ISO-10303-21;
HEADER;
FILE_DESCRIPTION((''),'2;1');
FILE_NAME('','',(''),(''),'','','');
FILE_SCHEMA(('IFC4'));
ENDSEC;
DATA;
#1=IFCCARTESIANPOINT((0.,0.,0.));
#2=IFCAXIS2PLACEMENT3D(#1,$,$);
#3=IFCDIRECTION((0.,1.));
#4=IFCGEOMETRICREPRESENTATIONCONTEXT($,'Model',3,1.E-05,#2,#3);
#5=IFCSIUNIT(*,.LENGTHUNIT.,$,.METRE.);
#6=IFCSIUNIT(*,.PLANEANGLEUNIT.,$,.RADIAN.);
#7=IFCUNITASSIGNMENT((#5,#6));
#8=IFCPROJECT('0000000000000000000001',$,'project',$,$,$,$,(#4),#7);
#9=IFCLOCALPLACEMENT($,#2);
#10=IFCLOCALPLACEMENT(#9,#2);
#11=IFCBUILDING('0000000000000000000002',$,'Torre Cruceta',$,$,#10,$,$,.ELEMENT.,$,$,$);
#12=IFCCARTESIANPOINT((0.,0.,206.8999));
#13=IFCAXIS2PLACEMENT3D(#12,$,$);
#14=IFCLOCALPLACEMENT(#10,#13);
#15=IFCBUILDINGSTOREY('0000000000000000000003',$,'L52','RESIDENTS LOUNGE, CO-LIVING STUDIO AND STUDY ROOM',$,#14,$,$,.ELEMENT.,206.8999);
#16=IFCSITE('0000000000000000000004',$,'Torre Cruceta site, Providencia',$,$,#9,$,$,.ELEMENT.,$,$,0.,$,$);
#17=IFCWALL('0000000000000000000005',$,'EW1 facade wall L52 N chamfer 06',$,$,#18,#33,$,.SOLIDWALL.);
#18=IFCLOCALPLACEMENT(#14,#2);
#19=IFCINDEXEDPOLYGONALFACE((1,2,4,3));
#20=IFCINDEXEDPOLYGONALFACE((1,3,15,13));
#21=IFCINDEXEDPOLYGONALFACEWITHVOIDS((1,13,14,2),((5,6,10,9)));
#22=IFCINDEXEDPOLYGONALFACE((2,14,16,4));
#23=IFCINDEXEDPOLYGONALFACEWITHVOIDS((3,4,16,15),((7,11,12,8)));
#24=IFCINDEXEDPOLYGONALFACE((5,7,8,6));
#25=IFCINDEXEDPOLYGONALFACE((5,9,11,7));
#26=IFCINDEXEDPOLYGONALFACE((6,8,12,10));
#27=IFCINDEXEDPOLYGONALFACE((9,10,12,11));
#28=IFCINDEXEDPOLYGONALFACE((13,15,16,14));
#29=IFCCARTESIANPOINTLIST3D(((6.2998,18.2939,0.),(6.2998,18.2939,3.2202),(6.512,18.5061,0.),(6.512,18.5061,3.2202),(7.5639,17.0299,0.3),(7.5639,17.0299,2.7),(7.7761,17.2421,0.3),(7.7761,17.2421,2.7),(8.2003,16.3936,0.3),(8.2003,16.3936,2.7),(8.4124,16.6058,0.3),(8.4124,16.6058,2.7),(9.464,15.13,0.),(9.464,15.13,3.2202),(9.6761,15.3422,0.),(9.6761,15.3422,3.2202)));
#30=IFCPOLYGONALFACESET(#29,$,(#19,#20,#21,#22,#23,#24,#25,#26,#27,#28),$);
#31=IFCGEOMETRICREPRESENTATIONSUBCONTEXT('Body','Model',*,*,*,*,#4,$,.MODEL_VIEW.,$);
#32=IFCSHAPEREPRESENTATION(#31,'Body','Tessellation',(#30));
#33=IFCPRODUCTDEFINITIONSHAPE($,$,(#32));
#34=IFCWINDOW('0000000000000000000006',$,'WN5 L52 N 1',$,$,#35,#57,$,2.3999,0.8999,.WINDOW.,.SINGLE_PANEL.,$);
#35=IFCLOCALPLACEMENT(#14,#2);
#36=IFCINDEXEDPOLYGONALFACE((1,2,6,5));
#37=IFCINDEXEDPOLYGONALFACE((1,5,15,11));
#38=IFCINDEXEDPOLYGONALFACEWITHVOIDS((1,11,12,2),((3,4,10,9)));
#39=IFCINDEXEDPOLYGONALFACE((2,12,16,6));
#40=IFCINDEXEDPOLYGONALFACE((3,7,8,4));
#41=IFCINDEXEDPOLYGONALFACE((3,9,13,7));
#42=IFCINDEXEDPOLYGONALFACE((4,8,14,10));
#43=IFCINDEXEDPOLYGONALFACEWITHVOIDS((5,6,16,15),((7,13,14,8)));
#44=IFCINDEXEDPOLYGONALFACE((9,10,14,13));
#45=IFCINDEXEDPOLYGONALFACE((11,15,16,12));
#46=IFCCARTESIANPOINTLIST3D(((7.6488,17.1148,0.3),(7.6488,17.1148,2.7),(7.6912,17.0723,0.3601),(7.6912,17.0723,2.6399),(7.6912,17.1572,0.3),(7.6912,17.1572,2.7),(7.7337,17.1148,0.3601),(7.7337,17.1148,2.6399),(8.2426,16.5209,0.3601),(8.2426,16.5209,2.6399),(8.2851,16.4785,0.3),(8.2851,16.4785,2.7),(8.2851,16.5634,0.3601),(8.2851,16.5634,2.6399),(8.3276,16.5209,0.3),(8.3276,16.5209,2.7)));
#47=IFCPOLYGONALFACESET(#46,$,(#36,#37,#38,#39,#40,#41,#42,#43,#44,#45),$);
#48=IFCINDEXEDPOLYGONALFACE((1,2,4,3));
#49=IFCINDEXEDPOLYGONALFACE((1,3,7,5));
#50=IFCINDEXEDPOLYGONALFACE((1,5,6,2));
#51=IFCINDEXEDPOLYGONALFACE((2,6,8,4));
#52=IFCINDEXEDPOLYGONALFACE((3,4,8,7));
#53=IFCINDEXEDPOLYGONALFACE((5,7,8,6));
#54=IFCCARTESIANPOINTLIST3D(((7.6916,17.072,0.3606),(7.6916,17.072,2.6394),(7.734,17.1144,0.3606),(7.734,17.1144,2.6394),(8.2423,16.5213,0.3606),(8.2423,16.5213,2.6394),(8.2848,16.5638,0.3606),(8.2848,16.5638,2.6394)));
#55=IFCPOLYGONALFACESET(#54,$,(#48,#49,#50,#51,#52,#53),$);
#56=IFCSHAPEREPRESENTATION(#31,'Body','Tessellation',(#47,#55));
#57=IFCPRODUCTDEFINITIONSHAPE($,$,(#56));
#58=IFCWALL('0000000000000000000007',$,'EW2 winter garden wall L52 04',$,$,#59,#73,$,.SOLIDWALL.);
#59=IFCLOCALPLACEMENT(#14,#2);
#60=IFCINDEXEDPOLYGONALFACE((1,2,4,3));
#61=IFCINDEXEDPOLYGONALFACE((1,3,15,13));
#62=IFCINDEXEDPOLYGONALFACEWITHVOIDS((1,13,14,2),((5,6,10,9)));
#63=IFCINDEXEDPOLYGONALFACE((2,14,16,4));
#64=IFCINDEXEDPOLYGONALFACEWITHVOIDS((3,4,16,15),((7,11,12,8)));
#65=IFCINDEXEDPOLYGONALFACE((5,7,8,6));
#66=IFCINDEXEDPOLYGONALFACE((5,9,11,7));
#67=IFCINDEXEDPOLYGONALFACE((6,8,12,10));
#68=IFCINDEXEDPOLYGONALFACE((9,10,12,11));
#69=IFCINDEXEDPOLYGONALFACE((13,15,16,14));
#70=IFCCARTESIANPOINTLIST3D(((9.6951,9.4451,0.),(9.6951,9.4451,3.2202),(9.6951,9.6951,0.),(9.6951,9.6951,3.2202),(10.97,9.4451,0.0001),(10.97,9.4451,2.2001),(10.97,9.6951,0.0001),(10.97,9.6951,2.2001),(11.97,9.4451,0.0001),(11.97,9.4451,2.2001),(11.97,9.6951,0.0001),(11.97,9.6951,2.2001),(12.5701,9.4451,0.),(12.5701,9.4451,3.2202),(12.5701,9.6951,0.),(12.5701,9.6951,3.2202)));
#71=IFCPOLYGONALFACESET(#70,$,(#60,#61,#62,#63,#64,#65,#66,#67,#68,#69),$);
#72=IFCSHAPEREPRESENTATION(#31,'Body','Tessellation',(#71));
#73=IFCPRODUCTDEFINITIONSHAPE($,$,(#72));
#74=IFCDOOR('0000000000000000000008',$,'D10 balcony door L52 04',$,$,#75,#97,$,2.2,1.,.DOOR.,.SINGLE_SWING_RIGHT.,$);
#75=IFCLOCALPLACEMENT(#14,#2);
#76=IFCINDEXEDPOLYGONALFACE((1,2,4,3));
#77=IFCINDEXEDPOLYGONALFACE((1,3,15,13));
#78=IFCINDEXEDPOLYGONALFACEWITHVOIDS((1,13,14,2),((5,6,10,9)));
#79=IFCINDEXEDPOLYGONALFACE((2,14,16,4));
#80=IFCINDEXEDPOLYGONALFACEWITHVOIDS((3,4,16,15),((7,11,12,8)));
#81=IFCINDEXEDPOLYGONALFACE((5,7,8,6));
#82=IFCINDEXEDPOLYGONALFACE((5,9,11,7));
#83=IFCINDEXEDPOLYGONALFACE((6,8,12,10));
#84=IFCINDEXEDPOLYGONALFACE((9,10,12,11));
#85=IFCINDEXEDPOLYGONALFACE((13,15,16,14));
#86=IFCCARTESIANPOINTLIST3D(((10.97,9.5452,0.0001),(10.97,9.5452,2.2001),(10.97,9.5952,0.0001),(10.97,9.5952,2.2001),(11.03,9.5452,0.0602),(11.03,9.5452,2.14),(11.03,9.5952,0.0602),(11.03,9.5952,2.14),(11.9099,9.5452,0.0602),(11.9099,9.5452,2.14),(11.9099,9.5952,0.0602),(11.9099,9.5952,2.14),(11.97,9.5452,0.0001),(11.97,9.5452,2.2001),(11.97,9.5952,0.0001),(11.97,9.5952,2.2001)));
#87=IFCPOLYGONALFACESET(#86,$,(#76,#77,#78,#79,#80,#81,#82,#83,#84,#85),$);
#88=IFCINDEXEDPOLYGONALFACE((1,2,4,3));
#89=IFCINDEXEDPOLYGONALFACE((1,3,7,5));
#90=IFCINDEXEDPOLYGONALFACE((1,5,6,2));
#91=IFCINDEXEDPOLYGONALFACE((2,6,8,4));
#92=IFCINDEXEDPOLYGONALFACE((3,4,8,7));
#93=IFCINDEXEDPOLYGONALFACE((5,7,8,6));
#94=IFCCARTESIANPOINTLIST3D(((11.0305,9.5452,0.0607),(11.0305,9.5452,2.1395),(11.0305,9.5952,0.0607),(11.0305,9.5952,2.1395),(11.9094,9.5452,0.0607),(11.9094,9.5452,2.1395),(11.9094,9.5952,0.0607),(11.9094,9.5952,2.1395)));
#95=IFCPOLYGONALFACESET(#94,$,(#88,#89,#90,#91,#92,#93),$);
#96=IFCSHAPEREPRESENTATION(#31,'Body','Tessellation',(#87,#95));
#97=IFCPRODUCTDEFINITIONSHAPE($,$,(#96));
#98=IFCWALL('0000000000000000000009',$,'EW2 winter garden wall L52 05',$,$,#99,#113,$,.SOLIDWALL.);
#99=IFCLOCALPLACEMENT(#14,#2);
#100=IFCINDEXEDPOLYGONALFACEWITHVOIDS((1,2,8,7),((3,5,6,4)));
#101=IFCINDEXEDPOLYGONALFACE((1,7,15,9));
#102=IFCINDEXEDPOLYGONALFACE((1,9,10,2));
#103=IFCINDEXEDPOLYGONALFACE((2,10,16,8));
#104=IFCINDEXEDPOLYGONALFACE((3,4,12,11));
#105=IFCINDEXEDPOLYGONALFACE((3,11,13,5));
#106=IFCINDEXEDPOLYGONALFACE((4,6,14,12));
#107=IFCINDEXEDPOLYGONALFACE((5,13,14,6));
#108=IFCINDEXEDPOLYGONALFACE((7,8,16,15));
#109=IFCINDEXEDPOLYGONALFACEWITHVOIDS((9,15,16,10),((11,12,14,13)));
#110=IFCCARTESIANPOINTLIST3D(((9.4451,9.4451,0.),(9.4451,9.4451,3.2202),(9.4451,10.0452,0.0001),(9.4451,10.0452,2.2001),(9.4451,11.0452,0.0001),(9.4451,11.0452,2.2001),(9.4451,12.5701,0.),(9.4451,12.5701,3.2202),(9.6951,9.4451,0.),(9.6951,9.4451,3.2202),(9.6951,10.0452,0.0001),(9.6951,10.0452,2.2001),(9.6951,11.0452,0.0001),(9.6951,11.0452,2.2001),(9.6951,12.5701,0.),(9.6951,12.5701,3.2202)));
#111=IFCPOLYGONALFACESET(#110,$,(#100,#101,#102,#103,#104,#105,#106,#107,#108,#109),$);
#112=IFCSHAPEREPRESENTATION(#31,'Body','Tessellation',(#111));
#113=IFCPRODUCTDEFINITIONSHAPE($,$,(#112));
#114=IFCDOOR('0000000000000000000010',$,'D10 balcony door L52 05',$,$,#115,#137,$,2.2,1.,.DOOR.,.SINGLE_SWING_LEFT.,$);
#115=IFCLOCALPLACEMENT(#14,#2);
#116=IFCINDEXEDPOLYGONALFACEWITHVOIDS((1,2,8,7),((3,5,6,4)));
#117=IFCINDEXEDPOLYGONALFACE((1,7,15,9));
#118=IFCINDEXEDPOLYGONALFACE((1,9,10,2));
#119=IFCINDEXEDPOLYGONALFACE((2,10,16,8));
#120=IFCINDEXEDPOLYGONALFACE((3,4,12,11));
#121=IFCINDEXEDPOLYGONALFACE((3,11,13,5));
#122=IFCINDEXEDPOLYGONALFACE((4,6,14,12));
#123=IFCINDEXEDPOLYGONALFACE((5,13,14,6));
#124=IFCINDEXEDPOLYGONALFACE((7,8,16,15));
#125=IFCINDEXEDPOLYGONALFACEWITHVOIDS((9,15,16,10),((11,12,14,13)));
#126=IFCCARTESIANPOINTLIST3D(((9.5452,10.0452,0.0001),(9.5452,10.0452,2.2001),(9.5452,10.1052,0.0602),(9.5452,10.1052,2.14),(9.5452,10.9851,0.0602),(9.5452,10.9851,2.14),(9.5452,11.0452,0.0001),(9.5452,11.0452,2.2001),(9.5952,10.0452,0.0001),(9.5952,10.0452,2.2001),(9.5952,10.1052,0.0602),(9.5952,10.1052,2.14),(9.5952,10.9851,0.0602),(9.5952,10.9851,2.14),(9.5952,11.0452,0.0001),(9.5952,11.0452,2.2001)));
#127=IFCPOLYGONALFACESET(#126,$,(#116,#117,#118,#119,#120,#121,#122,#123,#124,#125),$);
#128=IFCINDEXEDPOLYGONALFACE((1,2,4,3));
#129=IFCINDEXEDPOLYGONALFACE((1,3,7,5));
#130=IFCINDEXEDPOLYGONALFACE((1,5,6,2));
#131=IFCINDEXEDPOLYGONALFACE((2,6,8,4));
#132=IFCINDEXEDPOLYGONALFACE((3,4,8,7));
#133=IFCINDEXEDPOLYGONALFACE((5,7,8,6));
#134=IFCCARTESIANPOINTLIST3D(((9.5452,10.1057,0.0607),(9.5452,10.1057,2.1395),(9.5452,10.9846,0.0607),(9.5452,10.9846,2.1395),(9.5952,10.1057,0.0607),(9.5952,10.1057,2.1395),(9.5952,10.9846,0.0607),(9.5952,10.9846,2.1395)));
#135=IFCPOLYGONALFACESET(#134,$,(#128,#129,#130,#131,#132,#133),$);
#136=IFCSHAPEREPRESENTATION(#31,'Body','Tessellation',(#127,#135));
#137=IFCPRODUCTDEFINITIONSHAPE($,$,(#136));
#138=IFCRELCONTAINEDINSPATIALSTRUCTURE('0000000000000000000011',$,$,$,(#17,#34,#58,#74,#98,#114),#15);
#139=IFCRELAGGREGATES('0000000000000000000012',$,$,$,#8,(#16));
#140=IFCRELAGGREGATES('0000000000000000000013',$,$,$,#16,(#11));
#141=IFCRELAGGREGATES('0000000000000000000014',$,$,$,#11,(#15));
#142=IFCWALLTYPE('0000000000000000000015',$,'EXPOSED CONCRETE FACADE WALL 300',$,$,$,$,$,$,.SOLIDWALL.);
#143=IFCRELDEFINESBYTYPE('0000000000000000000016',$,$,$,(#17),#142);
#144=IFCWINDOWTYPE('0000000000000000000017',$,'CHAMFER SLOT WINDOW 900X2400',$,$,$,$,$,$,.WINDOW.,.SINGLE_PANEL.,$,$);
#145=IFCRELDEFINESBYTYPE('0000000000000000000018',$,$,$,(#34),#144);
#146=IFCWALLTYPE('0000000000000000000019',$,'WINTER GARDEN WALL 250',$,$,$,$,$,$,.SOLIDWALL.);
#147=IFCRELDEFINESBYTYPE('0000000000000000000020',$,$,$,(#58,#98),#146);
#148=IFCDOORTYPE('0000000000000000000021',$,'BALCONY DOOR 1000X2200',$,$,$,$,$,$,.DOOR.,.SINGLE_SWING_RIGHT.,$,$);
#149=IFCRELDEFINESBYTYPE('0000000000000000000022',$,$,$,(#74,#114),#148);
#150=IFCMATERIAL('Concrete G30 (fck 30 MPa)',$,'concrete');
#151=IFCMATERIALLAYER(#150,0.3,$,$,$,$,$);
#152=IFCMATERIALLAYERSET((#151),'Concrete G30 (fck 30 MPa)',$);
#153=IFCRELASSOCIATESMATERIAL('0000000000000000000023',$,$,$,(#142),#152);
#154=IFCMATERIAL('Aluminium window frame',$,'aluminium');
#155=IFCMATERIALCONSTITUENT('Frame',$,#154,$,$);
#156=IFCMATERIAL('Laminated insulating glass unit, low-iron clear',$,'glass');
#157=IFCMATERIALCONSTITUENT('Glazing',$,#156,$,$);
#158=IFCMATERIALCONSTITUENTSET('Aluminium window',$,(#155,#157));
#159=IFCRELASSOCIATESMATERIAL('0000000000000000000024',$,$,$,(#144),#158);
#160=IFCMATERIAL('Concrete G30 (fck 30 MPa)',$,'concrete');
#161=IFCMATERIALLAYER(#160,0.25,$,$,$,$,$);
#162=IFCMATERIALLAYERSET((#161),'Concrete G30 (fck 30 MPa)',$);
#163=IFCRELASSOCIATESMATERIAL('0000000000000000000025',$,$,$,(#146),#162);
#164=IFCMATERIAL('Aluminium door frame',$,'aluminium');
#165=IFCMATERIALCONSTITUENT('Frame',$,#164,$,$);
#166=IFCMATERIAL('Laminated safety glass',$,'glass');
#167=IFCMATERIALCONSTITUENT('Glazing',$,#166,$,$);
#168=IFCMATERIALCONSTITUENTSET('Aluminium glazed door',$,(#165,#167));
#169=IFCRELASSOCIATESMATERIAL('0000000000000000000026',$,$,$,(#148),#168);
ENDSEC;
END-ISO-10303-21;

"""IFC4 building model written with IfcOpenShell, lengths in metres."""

from ifc_helpers import new_model, si_unit, direction, frame, frame_2d, origin, place, context, subcontext, project, spatial, rectangle, hollow_rectangle, extrude, material, layer, layer_set, constituent, constituent_set, type_object, element, fill, save


model = new_model("IFC4")

# Units and contexts
model_context = context("Model", 3, precision=1e-05, world=origin(), true_north=direction((0.0, 1.0)))
body_context = subcontext(model_context, "Body", "Model", "MODEL_VIEW")
ifc_project = project(units=[si_unit("LENGTHUNIT", "METRE"), si_unit("PLANEANGLEUNIT", "RADIAN")], contexts=[model_context])

# Site, building, storey
site_placement = place(None, origin())
site = spatial("IfcSite", under=ifc_project, at=site_placement, Name="Torre Cruceta site, Providencia", CompositionType="ELEMENT", RefElevation=0.0)
building_placement = place(site_placement, origin())
building = spatial("IfcBuilding", under=site, at=building_placement, Name="Torre Cruceta", CompositionType="ELEMENT")
storey_placement = place(building_placement, frame((0.0, 0.0, 206.8999)))
storey = spatial("IfcBuildingStorey", under=building, at=storey_placement, Name="L52", Description="RESIDENTS LOUNGE, CO-LIVING STUDIO AND STUDY ROOM", CompositionType="ELEMENT", Elevation=206.8999)

# Wall, opening, window
ifc_material_1 = material(Name="Concrete G30 (fck 30 MPa)", Category="concrete")
ifc_layer_1 = layer(ifc_material_1, 0.3)
ifc_layer_set_1 = layer_set([ifc_layer_1], Name="Concrete G30 (fck 30 MPa)")
wall_type_1 = type_object("IfcWallType", Name="EXPOSED CONCRETE FACADE WALL 300", PredefinedType="SOLIDWALL", material=ifc_layer_set_1)
ifc_material_2 = material(Name="Aluminium window frame", Category="aluminium")
ifc_constituent_1 = constituent(ifc_material_2, Name="Frame")
ifc_material_3 = material(Name="Laminated insulating glass unit, low-iron clear", Category="glass")
ifc_constituent_2 = constituent(ifc_material_3, Name="Glazing")
ifc_constituent_set_1 = constituent_set(constituents=[ifc_constituent_1, ifc_constituent_2], Name="Aluminium window")
window_type = type_object("IfcWindowType", Name="CHAMFER SLOT WINDOW 900X2400", PartitioningType="SINGLE_PANEL", PredefinedType="WINDOW", material=ifc_constituent_set_1)
wall_1_placement = place(storey_placement, frame((9.5701, 15.2361, 0.0), z_axis=(0.0, 0.0, 1.0), x_axis=(-0.707134, 0.707079, 0.0)))
wall_1 = element("IfcWall", 1, at=wall_1_placement, inside=storey, type_object=wall_type_1, Name="EW1 facade wall L52 N chamfer 06", PredefinedType="SOLIDWALL", context=body_context, shape_type="SweptSolid", body=[
    extrude(rectangle(XDim=4.4746, YDim=0.3, at=frame_2d((2.2373, 0.0))), origin(), (0.0, 0.0, 1.0), 3.2202),
])
opening_1_placement = place(wall_1_placement, frame((1.7871, 0.0, 0.3)))
opening_1 = element("IfcOpeningElement", 2, at=opening_1_placement, cuts=wall_1, PredefinedType="OPENING", context=body_context, shape_type="SweptSolid", body=[
    extrude(rectangle(XDim=0.8999, YDim=2.3999, at=frame_2d((0.45, 1.2))), frame((0.0, 0.1599, 0.0), z_axis=(0.0, -1.0, 0.0), x_axis=(1.0, 0.0, 0.0)), (0.0, 0.0, 1.0), 0.3201),
])
window_1_placement = place(opening_1_placement, origin())
window_1 = element("IfcWindow", 3, at=window_1_placement, inside=storey, type_object=window_type, Name="WN5 L52 N 1", OverallHeight=2.3999, OverallWidth=0.8999, PartitioningType="SINGLE_PANEL", PredefinedType="WINDOW", context=body_context, shape_type="SweptSolid", body=[
    extrude(hollow_rectangle(XDim=0.8999, YDim=2.3999, WallThickness=0.0601, at=frame_2d((0.45, 1.2))), frame((0.0, 0.03, 0.0), z_axis=(0.0, -1.0, 0.0), x_axis=(1.0, 0.0, 0.0)), (0.0, 0.0, 1.0), 0.0601),
    extrude(rectangle(XDim=0.7788, YDim=2.2788, at=frame_2d((0.45, 1.2))), frame((0.0, 0.03, 0.0), z_axis=(0.0, -1.0, 0.0), x_axis=(1.0, 0.0, 0.0)), (0.0, 0.0, 1.0), 0.0601),
])
fill(opening_1, window_1)

# Walls, openings, doors
ifc_material_4 = material(Name="Concrete G30 (fck 30 MPa)", Category="concrete")
ifc_layer_2 = layer(ifc_material_4, 0.25)
ifc_layer_set_2 = layer_set([ifc_layer_2], Name="Concrete G30 (fck 30 MPa)")
wall_type_2 = type_object("IfcWallType", Name="WINTER GARDEN WALL 250", PredefinedType="SOLIDWALL", material=ifc_layer_set_2)
wall_2_placement = place(storey_placement, frame((12.5701, 9.5701, 0.0), z_axis=(0.0, 0.0, 1.0), x_axis=(-1.0, 0.0, 0.0)))
wall_2 = element("IfcWall", 4, at=wall_2_placement, inside=storey, type_object=wall_type_2, Name="EW2 winter garden wall L52 04", PredefinedType="SOLIDWALL", context=body_context, shape_type="SweptSolid", body=[
    extrude(rectangle(XDim=2.875, YDim=0.25, at=frame_2d((1.4375, 0.0))), origin(), (0.0, 0.0, 1.0), 3.2202),
])
opening_2_placement = place(wall_2_placement, frame((0.6001, 0.0, 0.0)))
opening_2 = element("IfcOpeningElement", 5, at=opening_2_placement, cuts=wall_2, PredefinedType="OPENING", context=body_context, shape_type="SweptSolid", body=[
    extrude(rectangle(XDim=1.0, YDim=2.2, at=frame_2d((0.5, 1.1001))), frame((0.0, 0.135, 0.0), z_axis=(0.0, -1.0, 0.0), x_axis=(1.0, 0.0, 0.0)), (0.0, 0.0, 1.0), 0.27),
])
ifc_material_5 = material(Name="Aluminium door frame", Category="aluminium")
ifc_constituent_3 = constituent(ifc_material_5, Name="Frame")
ifc_material_6 = material(Name="Laminated safety glass", Category="glass")
ifc_constituent_4 = constituent(ifc_material_6, Name="Glazing")
ifc_constituent_set_2 = constituent_set(constituents=[ifc_constituent_3, ifc_constituent_4], Name="Aluminium glazed door")
door_type_1 = type_object("IfcDoorType", Name="BALCONY DOOR 1000X2200", OperationType="SINGLE_SWING_RIGHT", PredefinedType="DOOR", material=ifc_constituent_set_2)
door_1_placement = place(opening_2_placement, origin())
door_1 = element("IfcDoor", 6, at=door_1_placement, inside=storey, type_object=door_type_1, Name="D10 balcony door L52 04", OperationType="SINGLE_SWING_RIGHT", OverallHeight=2.2, OverallWidth=1.0, PredefinedType="DOOR", context=body_context, shape_type="SweptSolid", body=[
    extrude(hollow_rectangle(XDim=1.0, YDim=2.2, WallThickness=0.0601, at=frame_2d((0.5, 1.1001))), frame((0.0, 0.0249, 0.0), z_axis=(0.0, -1.0, 0.0), x_axis=(1.0, 0.0, 0.0)), (0.0, 0.0, 1.0), 0.05),
    extrude(rectangle(XDim=0.8789, YDim=2.0789, at=frame_2d((0.5, 1.1001))), frame((0.0, 0.0249, 0.0), z_axis=(0.0, -1.0, 0.0), x_axis=(1.0, 0.0, 0.0)), (0.0, 0.0, 1.0), 0.05),
])
fill(opening_2, door_1)
wall_3_placement = place(storey_placement, frame((9.5701, 9.4451, 0.0), z_axis=(0.0, 0.0, 1.0), x_axis=(0.0, 1.0, 0.0)))
wall_3 = element("IfcWall", 7, at=wall_3_placement, inside=storey, type_object=wall_type_2, Name="EW2 winter garden wall L52 05", PredefinedType="SOLIDWALL", context=body_context, shape_type="SweptSolid", body=[
    extrude(rectangle(XDim=3.125, YDim=0.25, at=frame_2d((1.5625, 0.0))), origin(), (0.0, 0.0, 1.0), 3.2202),
])
opening_3_placement = place(wall_3_placement, frame((0.6001, 0.0, 0.0)))
opening_3 = element("IfcOpeningElement", 8, at=opening_3_placement, cuts=wall_3, PredefinedType="OPENING", context=body_context, shape_type="SweptSolid", body=[
    extrude(rectangle(XDim=1.0, YDim=2.2, at=frame_2d((0.5, 1.1001))), frame((0.0, 0.135, 0.0), z_axis=(0.0, -1.0, 0.0), x_axis=(1.0, 0.0, 0.0)), (0.0, 0.0, 1.0), 0.27),
])
door_2_placement = place(opening_3_placement, origin())
door_2 = element("IfcDoor", 9, at=door_2_placement, inside=storey, type_object=door_type_1, Name="D10 balcony door L52 05", OperationType="SINGLE_SWING_LEFT", OverallHeight=2.2, OverallWidth=1.0, PredefinedType="DOOR", context=body_context, shape_type="SweptSolid", body=[
    extrude(hollow_rectangle(XDim=1.0, YDim=2.2, WallThickness=0.0601, at=frame_2d((0.5, 1.1001))), frame((0.0, 0.0249, 0.0), z_axis=(0.0, -1.0, 0.0), x_axis=(1.0, 0.0, 0.0)), (0.0, 0.0, 1.0), 0.05),
    extrude(rectangle(XDim=0.8789, YDim=2.0789, at=frame_2d((0.5, 1.1001))), frame((0.0, 0.0249, 0.0), z_axis=(0.0, -1.0, 0.0), x_axis=(1.0, 0.0, 0.0)), (0.0, 0.0, 1.0), 0.05),
])
fill(opening_3, door_2)

save(model, "model.ifc")
